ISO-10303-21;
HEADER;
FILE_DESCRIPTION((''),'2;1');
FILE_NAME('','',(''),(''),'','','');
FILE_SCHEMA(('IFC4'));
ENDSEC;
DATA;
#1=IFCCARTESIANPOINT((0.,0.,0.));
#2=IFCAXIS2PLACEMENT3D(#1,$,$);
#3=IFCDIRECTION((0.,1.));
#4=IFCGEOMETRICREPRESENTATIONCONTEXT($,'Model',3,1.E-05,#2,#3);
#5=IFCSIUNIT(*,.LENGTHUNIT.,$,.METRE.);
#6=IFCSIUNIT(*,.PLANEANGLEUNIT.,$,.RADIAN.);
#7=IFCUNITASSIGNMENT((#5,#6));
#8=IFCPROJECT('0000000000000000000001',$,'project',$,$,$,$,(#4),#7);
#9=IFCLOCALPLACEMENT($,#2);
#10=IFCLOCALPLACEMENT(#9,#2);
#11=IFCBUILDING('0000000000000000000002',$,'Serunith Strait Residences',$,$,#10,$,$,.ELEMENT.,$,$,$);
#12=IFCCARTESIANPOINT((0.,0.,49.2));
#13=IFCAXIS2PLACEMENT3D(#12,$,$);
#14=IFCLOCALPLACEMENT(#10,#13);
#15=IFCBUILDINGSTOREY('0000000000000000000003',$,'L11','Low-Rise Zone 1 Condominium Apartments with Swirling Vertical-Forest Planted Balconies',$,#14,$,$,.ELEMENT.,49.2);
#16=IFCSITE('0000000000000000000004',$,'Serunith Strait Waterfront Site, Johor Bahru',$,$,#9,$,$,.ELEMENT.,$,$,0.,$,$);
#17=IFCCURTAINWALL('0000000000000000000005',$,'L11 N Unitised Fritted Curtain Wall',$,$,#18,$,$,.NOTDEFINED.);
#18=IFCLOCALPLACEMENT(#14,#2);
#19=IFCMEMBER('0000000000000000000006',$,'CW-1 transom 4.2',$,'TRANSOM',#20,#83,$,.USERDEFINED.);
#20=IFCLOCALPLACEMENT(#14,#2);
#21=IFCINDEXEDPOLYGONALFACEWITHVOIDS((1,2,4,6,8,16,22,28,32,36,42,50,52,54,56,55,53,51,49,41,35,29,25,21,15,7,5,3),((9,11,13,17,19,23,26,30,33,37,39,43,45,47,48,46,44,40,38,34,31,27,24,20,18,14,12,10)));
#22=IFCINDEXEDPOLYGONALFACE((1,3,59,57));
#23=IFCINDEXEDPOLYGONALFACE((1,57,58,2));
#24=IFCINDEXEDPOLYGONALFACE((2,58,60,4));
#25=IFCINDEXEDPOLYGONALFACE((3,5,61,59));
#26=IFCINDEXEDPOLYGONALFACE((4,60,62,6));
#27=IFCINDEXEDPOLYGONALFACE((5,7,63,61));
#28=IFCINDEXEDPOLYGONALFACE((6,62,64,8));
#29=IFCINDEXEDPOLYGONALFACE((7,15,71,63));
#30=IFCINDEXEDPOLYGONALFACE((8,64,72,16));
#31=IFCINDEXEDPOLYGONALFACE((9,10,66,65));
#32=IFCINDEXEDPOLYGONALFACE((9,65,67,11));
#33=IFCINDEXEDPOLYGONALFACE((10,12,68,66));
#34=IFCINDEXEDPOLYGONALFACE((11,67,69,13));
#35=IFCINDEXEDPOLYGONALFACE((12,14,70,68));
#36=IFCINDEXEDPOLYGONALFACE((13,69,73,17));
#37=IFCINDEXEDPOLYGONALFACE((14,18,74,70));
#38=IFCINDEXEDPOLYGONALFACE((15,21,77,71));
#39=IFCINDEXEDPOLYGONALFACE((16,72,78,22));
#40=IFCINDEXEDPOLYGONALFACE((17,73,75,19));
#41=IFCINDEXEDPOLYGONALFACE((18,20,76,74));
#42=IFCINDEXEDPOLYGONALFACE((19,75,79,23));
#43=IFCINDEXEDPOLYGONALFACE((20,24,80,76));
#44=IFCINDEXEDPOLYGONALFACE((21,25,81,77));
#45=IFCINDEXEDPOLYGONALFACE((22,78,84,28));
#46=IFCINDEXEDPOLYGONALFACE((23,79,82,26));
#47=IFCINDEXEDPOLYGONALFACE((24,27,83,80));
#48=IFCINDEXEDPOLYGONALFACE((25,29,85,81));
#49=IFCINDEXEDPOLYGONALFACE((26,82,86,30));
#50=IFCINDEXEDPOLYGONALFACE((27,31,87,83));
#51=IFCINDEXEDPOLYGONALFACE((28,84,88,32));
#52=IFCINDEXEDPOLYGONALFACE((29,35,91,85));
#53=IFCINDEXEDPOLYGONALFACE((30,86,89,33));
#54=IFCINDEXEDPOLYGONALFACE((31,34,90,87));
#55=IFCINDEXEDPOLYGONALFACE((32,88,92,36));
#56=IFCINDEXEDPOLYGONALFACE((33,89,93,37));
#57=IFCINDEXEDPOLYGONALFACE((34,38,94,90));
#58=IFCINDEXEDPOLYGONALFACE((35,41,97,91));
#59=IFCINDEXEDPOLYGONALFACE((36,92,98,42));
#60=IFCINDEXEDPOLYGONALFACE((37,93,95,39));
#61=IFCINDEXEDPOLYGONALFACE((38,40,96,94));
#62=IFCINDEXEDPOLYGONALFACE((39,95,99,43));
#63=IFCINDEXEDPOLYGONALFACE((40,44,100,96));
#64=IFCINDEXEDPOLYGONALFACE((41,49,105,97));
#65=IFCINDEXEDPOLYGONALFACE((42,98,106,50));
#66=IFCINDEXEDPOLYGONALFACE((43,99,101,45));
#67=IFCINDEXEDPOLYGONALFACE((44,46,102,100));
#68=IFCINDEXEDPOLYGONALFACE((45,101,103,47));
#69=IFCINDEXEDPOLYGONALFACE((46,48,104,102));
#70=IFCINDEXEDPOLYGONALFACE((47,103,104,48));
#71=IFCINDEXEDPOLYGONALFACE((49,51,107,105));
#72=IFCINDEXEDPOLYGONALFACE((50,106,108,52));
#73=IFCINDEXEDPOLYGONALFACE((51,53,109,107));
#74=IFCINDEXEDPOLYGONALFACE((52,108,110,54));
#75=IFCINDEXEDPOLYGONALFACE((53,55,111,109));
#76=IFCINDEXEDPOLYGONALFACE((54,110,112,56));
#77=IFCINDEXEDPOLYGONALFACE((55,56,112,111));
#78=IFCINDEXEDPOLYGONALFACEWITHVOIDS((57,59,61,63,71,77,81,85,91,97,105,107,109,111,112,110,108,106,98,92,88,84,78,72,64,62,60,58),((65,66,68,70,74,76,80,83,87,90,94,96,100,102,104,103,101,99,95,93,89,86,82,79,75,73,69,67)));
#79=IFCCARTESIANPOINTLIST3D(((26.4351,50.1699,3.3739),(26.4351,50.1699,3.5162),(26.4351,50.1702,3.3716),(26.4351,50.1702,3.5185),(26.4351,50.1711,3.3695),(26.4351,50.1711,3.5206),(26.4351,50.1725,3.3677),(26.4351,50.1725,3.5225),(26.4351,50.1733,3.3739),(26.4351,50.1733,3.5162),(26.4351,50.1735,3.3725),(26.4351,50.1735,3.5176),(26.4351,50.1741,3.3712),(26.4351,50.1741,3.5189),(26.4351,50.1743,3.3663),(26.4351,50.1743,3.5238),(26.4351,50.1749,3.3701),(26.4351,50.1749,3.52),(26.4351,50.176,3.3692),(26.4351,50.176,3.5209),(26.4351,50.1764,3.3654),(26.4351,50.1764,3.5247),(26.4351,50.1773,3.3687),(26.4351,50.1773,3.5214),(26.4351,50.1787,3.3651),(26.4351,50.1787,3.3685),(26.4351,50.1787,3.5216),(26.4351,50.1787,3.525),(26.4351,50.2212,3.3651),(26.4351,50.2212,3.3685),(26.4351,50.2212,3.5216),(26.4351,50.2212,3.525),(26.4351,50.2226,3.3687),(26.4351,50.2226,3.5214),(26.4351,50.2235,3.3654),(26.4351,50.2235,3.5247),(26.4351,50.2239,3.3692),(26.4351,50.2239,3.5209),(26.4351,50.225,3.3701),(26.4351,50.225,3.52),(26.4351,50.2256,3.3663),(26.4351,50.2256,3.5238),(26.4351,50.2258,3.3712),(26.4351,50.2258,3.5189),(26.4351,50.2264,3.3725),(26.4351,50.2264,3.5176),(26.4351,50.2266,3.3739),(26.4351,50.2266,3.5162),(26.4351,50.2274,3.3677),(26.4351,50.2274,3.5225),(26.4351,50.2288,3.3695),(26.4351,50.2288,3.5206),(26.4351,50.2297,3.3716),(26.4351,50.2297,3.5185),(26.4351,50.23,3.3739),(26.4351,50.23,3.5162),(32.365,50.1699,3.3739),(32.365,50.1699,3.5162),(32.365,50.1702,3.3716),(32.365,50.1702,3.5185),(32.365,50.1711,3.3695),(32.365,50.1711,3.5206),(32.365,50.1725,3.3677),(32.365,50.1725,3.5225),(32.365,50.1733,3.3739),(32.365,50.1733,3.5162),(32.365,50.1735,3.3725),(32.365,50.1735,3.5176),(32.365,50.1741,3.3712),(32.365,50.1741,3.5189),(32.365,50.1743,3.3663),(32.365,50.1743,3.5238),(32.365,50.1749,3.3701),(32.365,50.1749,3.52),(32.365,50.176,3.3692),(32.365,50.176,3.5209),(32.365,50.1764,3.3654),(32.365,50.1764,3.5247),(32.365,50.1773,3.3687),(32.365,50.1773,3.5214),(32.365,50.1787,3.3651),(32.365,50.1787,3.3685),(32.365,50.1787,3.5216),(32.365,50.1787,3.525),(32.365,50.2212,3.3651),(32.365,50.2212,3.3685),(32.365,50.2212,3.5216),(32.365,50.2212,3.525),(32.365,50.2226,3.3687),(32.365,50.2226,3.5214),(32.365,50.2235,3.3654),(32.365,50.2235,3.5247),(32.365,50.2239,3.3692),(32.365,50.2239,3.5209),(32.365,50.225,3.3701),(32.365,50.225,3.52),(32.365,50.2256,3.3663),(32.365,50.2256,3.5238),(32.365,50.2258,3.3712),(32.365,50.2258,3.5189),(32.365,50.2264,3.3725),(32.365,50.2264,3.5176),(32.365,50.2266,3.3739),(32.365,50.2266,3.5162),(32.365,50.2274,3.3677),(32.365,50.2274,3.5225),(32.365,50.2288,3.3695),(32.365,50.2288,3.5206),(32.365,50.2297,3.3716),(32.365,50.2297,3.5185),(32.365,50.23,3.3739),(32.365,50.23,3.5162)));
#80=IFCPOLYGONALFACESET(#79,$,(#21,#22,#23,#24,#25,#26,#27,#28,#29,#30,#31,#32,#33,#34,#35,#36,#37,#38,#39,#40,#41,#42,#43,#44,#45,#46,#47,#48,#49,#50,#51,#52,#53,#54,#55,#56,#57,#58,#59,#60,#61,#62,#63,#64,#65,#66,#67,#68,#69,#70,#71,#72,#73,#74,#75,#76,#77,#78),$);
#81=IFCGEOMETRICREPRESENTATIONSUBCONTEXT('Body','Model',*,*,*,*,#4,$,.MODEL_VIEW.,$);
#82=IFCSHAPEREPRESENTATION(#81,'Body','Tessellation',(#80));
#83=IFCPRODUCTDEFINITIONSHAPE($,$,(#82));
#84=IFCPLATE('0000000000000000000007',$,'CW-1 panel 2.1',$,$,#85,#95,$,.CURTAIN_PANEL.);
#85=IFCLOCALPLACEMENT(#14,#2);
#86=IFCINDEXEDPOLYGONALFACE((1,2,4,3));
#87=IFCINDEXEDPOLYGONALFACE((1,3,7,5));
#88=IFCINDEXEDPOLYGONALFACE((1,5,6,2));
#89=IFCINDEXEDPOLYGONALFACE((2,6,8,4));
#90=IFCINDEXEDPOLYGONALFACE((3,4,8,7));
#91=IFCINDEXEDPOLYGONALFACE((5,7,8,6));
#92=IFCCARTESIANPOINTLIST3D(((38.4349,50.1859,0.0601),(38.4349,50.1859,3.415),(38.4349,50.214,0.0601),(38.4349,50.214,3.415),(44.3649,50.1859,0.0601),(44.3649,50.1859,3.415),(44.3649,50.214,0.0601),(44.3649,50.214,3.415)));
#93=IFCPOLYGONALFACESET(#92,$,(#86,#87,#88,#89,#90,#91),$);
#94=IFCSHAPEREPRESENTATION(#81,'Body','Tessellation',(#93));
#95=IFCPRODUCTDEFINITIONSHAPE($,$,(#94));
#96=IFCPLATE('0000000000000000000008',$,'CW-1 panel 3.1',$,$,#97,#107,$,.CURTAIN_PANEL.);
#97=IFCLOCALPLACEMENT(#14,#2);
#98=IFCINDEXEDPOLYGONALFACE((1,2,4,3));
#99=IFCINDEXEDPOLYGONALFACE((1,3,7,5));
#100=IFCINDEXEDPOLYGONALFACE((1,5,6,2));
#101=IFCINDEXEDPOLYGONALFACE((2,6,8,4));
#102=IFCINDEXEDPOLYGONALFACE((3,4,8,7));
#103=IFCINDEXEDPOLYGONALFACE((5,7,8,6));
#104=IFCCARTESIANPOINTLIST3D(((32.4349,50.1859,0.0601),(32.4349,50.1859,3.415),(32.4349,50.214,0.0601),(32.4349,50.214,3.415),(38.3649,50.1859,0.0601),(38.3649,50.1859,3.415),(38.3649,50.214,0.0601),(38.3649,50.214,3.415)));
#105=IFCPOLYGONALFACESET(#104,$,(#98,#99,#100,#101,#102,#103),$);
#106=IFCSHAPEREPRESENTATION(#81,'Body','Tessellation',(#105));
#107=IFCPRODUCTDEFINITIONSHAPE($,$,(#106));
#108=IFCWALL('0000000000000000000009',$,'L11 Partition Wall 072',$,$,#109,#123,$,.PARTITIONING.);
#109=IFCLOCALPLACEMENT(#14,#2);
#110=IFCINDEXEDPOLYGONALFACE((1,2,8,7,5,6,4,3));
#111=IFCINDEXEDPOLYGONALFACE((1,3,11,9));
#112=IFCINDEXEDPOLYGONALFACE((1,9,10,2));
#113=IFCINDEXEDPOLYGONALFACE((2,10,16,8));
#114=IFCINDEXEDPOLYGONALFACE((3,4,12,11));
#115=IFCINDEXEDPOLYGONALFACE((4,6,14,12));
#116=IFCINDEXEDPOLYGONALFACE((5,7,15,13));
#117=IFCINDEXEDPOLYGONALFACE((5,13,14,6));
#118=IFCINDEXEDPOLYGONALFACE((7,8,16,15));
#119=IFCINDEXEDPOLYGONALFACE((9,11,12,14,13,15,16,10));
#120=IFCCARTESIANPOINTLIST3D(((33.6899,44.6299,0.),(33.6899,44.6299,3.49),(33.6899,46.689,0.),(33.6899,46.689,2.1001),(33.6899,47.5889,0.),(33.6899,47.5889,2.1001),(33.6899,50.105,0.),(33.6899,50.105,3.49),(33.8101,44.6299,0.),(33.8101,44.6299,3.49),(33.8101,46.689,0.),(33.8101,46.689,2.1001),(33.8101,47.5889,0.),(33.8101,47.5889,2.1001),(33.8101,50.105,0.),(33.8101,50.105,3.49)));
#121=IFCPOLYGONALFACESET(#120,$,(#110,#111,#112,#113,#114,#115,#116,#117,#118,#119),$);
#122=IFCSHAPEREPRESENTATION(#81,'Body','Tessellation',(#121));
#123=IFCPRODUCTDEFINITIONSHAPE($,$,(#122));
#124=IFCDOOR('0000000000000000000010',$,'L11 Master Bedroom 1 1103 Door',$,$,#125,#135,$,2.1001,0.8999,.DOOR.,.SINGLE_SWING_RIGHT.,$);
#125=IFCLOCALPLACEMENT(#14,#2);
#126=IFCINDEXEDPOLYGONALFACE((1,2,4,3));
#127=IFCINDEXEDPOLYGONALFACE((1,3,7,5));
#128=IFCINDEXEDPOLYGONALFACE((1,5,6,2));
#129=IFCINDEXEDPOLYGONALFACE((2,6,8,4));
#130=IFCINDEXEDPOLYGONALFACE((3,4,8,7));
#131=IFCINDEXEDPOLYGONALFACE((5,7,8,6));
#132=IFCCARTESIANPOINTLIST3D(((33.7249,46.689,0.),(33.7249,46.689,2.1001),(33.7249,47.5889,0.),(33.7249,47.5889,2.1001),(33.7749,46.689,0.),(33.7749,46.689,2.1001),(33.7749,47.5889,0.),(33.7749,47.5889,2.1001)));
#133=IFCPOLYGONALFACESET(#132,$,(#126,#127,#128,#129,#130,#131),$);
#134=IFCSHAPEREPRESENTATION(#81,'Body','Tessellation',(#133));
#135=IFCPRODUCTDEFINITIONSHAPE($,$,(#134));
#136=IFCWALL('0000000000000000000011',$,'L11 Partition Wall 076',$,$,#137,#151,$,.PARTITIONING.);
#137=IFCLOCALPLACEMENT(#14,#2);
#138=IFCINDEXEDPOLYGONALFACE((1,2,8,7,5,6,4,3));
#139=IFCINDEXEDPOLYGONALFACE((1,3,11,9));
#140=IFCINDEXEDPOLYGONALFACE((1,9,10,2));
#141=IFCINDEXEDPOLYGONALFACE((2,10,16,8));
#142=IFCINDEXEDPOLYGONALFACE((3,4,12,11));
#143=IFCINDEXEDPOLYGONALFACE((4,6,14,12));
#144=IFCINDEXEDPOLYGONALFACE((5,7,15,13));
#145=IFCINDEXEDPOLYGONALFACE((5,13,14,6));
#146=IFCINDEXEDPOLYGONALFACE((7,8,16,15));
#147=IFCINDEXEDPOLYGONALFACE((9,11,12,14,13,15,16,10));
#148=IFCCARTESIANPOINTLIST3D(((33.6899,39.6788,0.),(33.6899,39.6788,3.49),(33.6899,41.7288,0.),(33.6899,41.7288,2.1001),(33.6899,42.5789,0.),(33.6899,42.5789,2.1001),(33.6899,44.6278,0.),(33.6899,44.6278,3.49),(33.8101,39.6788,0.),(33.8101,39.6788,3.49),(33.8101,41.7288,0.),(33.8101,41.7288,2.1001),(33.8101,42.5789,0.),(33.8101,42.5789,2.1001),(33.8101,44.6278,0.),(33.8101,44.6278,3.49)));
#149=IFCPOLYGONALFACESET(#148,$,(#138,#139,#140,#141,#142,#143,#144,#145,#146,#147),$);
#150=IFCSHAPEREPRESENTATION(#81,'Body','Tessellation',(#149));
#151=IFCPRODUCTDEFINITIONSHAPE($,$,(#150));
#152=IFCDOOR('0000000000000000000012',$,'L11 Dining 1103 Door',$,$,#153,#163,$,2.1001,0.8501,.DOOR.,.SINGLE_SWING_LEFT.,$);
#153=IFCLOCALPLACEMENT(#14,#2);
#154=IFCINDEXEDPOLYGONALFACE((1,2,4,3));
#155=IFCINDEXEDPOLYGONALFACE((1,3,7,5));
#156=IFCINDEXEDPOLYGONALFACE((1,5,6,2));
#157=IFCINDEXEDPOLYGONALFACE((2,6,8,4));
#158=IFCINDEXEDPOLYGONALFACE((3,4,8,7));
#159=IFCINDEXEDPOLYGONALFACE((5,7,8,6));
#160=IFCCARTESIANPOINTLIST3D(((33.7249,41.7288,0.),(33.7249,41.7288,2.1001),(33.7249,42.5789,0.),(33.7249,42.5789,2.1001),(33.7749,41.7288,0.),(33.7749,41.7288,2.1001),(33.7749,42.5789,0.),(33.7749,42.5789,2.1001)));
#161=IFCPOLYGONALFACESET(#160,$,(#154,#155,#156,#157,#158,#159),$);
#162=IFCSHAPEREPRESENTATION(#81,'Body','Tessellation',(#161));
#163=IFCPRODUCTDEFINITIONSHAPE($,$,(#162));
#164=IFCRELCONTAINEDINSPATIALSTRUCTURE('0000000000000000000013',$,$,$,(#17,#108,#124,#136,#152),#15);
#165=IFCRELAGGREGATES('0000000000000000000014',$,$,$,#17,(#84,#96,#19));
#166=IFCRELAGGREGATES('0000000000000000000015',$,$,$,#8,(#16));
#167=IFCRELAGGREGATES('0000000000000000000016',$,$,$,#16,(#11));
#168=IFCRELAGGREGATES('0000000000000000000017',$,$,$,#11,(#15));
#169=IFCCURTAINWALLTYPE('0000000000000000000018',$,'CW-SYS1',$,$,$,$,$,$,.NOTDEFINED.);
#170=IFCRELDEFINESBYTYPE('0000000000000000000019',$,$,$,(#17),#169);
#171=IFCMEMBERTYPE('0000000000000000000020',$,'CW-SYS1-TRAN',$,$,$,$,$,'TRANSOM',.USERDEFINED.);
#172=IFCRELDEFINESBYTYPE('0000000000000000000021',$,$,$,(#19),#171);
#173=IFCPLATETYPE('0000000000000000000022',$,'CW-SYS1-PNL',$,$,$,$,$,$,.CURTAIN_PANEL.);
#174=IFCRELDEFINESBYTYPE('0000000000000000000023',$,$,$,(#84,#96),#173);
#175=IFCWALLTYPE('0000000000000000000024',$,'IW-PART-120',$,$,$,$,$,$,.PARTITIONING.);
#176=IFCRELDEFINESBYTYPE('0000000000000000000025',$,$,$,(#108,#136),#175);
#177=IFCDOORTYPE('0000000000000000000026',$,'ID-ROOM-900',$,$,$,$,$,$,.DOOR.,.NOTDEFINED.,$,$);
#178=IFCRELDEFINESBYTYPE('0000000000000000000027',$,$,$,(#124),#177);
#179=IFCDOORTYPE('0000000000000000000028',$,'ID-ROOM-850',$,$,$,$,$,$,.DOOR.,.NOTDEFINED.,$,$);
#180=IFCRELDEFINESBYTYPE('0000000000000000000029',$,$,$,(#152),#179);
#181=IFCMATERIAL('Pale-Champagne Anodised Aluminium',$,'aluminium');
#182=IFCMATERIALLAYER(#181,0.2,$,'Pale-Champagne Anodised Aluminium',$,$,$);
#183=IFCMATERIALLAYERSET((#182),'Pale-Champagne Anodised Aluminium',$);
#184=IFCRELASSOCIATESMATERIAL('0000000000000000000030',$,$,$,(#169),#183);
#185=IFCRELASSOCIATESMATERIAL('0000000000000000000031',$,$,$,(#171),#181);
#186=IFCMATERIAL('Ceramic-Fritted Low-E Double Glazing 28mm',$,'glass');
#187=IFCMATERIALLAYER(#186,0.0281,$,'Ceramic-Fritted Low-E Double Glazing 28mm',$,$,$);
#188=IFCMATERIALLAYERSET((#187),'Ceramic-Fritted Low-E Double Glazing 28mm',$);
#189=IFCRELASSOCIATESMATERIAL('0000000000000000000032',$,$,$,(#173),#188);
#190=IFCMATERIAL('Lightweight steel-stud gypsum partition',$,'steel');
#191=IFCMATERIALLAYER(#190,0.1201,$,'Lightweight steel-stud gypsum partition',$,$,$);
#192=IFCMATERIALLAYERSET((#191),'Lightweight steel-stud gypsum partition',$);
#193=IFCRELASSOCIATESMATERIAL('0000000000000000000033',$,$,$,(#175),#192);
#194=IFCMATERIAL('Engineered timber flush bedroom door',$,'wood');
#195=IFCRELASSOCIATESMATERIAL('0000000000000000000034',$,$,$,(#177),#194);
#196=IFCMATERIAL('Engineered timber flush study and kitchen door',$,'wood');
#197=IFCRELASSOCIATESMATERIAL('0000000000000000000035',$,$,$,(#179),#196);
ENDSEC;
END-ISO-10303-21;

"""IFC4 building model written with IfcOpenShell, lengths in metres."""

from ifc_helpers import new_model, si_unit, direction, frame, frame_2d, origin, origin_2d, place, context, subcontext, project, spatial, rectangle, hollow_rectangle, extrude, source, transform, mapped, material, layer, layer_set, material_profile, profile_set, type_object, element, fill, aggregate, save


model = new_model("IFC4")

# Units and contexts
model_context = context("Model", 3, precision=1e-05, world=origin(), true_north=direction((0.0, 1.0)))
body_context = subcontext(model_context, "Body", "Model", "MODEL_VIEW")
ifc_project = project(units=[si_unit("LENGTHUNIT", "METRE"), si_unit("PLANEANGLEUNIT", "RADIAN")], contexts=[model_context])

# Site, building, storey
site_placement = place(None, origin())
site = spatial("IfcSite", under=ifc_project, at=site_placement, Name="Serunith Strait Waterfront Site, Johor Bahru", CompositionType="ELEMENT", RefElevation=0.0)
building_placement = place(site_placement, origin())
building = spatial("IfcBuilding", under=site, at=building_placement, Name="Serunith Strait Residences", CompositionType="ELEMENT")
storey_placement = place(building_placement, frame((0.0, 0.0, 49.2)))
storey = spatial("IfcBuildingStorey", under=building, at=storey_placement, Name="L11", Description="Low-Rise Zone 1 Condominium Apartments with Swirling Vertical-Forest Planted Balconies", CompositionType="ELEMENT", Elevation=49.2)

# Curtain wall, member, plates
ifc_material_1 = material(Name="Pale-Champagne Anodised Aluminium", Category="aluminium")
ifc_layer_1 = layer(ifc_material_1, 0.2, Name="Pale-Champagne Anodised Aluminium")
ifc_layer_set_1 = layer_set([ifc_layer_1], Name="Pale-Champagne Anodised Aluminium")
curtain_wall_type = type_object("IfcCurtainWallType", Name="CW-SYS1", PredefinedType="NOTDEFINED", material=ifc_layer_set_1)
curtain_wall_placement = place(storey_placement, origin())
curtain_wall = element("IfcCurtainWall", 1, at=curtain_wall_placement, inside=storey, type_object=curtain_wall_type, Name="L11 N Unitised Fritted Curtain Wall", PredefinedType="NOTDEFINED")
ifc_material_profile_1 = material_profile(ifc_material_1, hollow_rectangle(XDim=0.0601, YDim=0.1599, WallThickness=0.0034, InnerFilletRadius=0.0054, OuterFilletRadius=0.0088, at=origin_2d()), Name="ALU 160x60x3.5")
ifc_profile_set_1 = profile_set([ifc_material_profile_1], Name="Pale-Champagne Anodised Aluminium")
member_type_1 = type_object("IfcMemberType", Name="CW-SYS1-TRAN", ElementType="TRANSOM", PredefinedType="USERDEFINED", material=ifc_profile_set_1)
shared_shape_1 = source(origin(), body_context, "Body", "SweptSolid", [
    extrude(hollow_rectangle(XDim=0.0601, YDim=0.1599, WallThickness=0.0034, InnerFilletRadius=0.0054, OuterFilletRadius=0.0088, at=origin_2d()), origin(), (0.0, 0.0, 1.0), 5.9299),
])
member_1_placement = place(storey_placement, frame((32.365, 50.2, 3.4451), z_axis=(-1.0, 0.0, 0.0), x_axis=(0.0, -1.0, 0.0)))
member_1 = element("IfcMember", 2, at=member_1_placement, type_object=member_type_1, Name="CW-1 transom 4.2", ObjectType="TRANSOM", PredefinedType="USERDEFINED", context=body_context, shape_type="MappedRepresentation", body=[
    mapped(shared_shape_1, transform((0.0, 0.0, 0.0), scale=1.0)),
])
ifc_material_2 = material(Name="Ceramic-Fritted Low-E Double Glazing 28mm", Category="glass")
ifc_layer_2 = layer(ifc_material_2, 0.0281, Name="Ceramic-Fritted Low-E Double Glazing 28mm")
ifc_layer_set_2 = layer_set([ifc_layer_2], Name="Ceramic-Fritted Low-E Double Glazing 28mm")
plate_type = type_object("IfcPlateType", Name="CW-SYS1-PNL", PredefinedType="CURTAIN_PANEL", material=ifc_layer_set_2)
shared_shape_2 = source(origin(), body_context, "Body", "SweptSolid", [
    extrude(rectangle(XDim=5.9299, YDim=0.0281, at=origin_2d()), origin(), (0.0, 0.0, 1.0), 3.355),
])
plate_1_placement = place(storey_placement, frame((41.3999, 50.2, 0.0601), z_axis=(0.0, 0.0, 1.0), x_axis=(-1.0, 0.0, 0.0)))
plate_1 = element("IfcPlate", 3, at=plate_1_placement, type_object=plate_type, Name="CW-1 panel 2.1", PredefinedType="CURTAIN_PANEL", context=body_context, shape_type="MappedRepresentation", body=[
    mapped(shared_shape_2, transform((0.0, 0.0, 0.0), scale=1.0)),
])
plate_2_placement = place(storey_placement, frame((35.3999, 50.2, 0.0601), z_axis=(0.0, 0.0, 1.0), x_axis=(-1.0, 0.0, 0.0)))
plate_2 = element("IfcPlate", 4, at=plate_2_placement, type_object=plate_type, Name="CW-1 panel 3.1", PredefinedType="CURTAIN_PANEL", context=body_context, shape_type="MappedRepresentation", body=[
    mapped(shared_shape_2, transform((0.0, 0.0, 0.0), scale=1.0)),
])
aggregate(curtain_wall, [plate_1, plate_2, member_1])

# Walls, openings, doors
ifc_material_3 = material(Name="Lightweight steel-stud gypsum partition", Category="steel")
ifc_layer_3 = layer(ifc_material_3, 0.1201, Name="Lightweight steel-stud gypsum partition")
ifc_layer_set_3 = layer_set([ifc_layer_3], Name="Lightweight steel-stud gypsum partition")
wall_type_1 = type_object("IfcWallType", Name="IW-PART-120", PredefinedType="PARTITIONING", material=ifc_layer_set_3)
wall_1_placement = place(storey_placement, frame((33.75, 50.105, 0.0), z_axis=(0.0, 0.0, 1.0), x_axis=(0.0, -1.0, 0.0)))
wall_1 = element("IfcWall", 5, at=wall_1_placement, inside=storey, type_object=wall_type_1, Name="L11 Partition Wall 072", PredefinedType="PARTITIONING", context=body_context, shape_type="SweptSolid", body=[
    extrude(rectangle(XDim=5.4751, YDim=0.1201, at=frame_2d((2.7375, 0.0))), origin(), (0.0, 0.0, 1.0), 3.49),
])
opening_1_placement = place(wall_1_placement, frame((2.5161, 0.0, 0.0)))
opening_1 = element("IfcOpeningElement", 6, at=opening_1_placement, cuts=wall_1, PredefinedType="OPENING", context=body_context, shape_type="SweptSolid", body=[
    extrude(rectangle(XDim=0.8999, YDim=2.1001, at=frame_2d((0.45, 1.05))), frame((0.0, 0.0701, 0.0), z_axis=(0.0, -1.0, 0.0), x_axis=(1.0, 0.0, 0.0)), (0.0, 0.0, 1.0), 0.1401),
])
ifc_material_4 = material(Name="Engineered timber flush bedroom door", Category="wood")
door_type_1 = type_object("IfcDoorType", Name="ID-ROOM-900", OperationType="NOTDEFINED", PredefinedType="DOOR", material=ifc_material_4)
shared_shape_3 = source(origin(), body_context, "Body", "SweptSolid", [
    extrude(rectangle(XDim=0.8999, YDim=2.1001, at=frame_2d((0.45, 1.05))), frame((0.0, 0.0249, 0.0), z_axis=(0.0, -1.0, 0.0), x_axis=(1.0, 0.0, 0.0)), (0.0, 0.0, 1.0), 0.05),
])
door_1_placement = place(opening_1_placement, origin())
door_1 = element("IfcDoor", 7, at=door_1_placement, inside=storey, type_object=door_type_1, Name="L11 Master Bedroom 1 1103 Door", OperationType="SINGLE_SWING_RIGHT", OverallHeight=2.1001, OverallWidth=0.8999, PredefinedType="DOOR", context=body_context, shape_type="MappedRepresentation", body=[
    mapped(shared_shape_3, transform((0.0, 0.0, 0.0), scale=1.0)),
])
fill(opening_1, door_1)
wall_2_placement = place(storey_placement, frame((33.75, 44.6279, 0.0), z_axis=(0.0, 0.0, 1.0), x_axis=(0.0, -1.0, 0.0)))
wall_2 = element("IfcWall", 8, at=wall_2_placement, inside=storey, type_object=wall_type_1, Name="L11 Partition Wall 076", PredefinedType="PARTITIONING", context=body_context, shape_type="SweptSolid", body=[
    extrude(rectangle(XDim=4.949, YDim=0.1201, at=frame_2d((2.4746, 0.0))), origin(), (0.0, 0.0, 1.0), 3.49),
])
opening_2_placement = place(wall_2_placement, frame((2.0491, 0.0, 0.0)))
opening_2 = element("IfcOpeningElement", 9, at=opening_2_placement, cuts=wall_2, PredefinedType="OPENING", context=body_context, shape_type="SweptSolid", body=[
    extrude(rectangle(XDim=0.8501, YDim=2.1001, at=frame_2d((0.425, 1.05))), frame((0.0, 0.0701, 0.0), z_axis=(0.0, -1.0, 0.0), x_axis=(1.0, 0.0, 0.0)), (0.0, 0.0, 1.0), 0.1401),
])
ifc_material_5 = material(Name="Engineered timber flush study and kitchen door", Category="wood")
door_type_2 = type_object("IfcDoorType", Name="ID-ROOM-850", OperationType="NOTDEFINED", PredefinedType="DOOR", material=ifc_material_5)
shared_shape_4 = source(origin(), body_context, "Body", "SweptSolid", [
    extrude(rectangle(XDim=0.8501, YDim=2.1001, at=frame_2d((0.425, 1.05))), frame((0.0, 0.0249, 0.0), z_axis=(0.0, -1.0, 0.0), x_axis=(1.0, 0.0, 0.0)), (0.0, 0.0, 1.0), 0.05),
])
door_2_placement = place(opening_2_placement, origin())
door_2 = element("IfcDoor", 10, at=door_2_placement, inside=storey, type_object=door_type_2, Name="L11 Dining 1103 Door", OperationType="SINGLE_SWING_LEFT", OverallHeight=2.1001, OverallWidth=0.8501, PredefinedType="DOOR", context=body_context, shape_type="MappedRepresentation", body=[
    mapped(shared_shape_4, transform((0.0, 0.0, 0.0), scale=1.0)),
])
fill(opening_2, door_2)

save(model, "model.ifc")
